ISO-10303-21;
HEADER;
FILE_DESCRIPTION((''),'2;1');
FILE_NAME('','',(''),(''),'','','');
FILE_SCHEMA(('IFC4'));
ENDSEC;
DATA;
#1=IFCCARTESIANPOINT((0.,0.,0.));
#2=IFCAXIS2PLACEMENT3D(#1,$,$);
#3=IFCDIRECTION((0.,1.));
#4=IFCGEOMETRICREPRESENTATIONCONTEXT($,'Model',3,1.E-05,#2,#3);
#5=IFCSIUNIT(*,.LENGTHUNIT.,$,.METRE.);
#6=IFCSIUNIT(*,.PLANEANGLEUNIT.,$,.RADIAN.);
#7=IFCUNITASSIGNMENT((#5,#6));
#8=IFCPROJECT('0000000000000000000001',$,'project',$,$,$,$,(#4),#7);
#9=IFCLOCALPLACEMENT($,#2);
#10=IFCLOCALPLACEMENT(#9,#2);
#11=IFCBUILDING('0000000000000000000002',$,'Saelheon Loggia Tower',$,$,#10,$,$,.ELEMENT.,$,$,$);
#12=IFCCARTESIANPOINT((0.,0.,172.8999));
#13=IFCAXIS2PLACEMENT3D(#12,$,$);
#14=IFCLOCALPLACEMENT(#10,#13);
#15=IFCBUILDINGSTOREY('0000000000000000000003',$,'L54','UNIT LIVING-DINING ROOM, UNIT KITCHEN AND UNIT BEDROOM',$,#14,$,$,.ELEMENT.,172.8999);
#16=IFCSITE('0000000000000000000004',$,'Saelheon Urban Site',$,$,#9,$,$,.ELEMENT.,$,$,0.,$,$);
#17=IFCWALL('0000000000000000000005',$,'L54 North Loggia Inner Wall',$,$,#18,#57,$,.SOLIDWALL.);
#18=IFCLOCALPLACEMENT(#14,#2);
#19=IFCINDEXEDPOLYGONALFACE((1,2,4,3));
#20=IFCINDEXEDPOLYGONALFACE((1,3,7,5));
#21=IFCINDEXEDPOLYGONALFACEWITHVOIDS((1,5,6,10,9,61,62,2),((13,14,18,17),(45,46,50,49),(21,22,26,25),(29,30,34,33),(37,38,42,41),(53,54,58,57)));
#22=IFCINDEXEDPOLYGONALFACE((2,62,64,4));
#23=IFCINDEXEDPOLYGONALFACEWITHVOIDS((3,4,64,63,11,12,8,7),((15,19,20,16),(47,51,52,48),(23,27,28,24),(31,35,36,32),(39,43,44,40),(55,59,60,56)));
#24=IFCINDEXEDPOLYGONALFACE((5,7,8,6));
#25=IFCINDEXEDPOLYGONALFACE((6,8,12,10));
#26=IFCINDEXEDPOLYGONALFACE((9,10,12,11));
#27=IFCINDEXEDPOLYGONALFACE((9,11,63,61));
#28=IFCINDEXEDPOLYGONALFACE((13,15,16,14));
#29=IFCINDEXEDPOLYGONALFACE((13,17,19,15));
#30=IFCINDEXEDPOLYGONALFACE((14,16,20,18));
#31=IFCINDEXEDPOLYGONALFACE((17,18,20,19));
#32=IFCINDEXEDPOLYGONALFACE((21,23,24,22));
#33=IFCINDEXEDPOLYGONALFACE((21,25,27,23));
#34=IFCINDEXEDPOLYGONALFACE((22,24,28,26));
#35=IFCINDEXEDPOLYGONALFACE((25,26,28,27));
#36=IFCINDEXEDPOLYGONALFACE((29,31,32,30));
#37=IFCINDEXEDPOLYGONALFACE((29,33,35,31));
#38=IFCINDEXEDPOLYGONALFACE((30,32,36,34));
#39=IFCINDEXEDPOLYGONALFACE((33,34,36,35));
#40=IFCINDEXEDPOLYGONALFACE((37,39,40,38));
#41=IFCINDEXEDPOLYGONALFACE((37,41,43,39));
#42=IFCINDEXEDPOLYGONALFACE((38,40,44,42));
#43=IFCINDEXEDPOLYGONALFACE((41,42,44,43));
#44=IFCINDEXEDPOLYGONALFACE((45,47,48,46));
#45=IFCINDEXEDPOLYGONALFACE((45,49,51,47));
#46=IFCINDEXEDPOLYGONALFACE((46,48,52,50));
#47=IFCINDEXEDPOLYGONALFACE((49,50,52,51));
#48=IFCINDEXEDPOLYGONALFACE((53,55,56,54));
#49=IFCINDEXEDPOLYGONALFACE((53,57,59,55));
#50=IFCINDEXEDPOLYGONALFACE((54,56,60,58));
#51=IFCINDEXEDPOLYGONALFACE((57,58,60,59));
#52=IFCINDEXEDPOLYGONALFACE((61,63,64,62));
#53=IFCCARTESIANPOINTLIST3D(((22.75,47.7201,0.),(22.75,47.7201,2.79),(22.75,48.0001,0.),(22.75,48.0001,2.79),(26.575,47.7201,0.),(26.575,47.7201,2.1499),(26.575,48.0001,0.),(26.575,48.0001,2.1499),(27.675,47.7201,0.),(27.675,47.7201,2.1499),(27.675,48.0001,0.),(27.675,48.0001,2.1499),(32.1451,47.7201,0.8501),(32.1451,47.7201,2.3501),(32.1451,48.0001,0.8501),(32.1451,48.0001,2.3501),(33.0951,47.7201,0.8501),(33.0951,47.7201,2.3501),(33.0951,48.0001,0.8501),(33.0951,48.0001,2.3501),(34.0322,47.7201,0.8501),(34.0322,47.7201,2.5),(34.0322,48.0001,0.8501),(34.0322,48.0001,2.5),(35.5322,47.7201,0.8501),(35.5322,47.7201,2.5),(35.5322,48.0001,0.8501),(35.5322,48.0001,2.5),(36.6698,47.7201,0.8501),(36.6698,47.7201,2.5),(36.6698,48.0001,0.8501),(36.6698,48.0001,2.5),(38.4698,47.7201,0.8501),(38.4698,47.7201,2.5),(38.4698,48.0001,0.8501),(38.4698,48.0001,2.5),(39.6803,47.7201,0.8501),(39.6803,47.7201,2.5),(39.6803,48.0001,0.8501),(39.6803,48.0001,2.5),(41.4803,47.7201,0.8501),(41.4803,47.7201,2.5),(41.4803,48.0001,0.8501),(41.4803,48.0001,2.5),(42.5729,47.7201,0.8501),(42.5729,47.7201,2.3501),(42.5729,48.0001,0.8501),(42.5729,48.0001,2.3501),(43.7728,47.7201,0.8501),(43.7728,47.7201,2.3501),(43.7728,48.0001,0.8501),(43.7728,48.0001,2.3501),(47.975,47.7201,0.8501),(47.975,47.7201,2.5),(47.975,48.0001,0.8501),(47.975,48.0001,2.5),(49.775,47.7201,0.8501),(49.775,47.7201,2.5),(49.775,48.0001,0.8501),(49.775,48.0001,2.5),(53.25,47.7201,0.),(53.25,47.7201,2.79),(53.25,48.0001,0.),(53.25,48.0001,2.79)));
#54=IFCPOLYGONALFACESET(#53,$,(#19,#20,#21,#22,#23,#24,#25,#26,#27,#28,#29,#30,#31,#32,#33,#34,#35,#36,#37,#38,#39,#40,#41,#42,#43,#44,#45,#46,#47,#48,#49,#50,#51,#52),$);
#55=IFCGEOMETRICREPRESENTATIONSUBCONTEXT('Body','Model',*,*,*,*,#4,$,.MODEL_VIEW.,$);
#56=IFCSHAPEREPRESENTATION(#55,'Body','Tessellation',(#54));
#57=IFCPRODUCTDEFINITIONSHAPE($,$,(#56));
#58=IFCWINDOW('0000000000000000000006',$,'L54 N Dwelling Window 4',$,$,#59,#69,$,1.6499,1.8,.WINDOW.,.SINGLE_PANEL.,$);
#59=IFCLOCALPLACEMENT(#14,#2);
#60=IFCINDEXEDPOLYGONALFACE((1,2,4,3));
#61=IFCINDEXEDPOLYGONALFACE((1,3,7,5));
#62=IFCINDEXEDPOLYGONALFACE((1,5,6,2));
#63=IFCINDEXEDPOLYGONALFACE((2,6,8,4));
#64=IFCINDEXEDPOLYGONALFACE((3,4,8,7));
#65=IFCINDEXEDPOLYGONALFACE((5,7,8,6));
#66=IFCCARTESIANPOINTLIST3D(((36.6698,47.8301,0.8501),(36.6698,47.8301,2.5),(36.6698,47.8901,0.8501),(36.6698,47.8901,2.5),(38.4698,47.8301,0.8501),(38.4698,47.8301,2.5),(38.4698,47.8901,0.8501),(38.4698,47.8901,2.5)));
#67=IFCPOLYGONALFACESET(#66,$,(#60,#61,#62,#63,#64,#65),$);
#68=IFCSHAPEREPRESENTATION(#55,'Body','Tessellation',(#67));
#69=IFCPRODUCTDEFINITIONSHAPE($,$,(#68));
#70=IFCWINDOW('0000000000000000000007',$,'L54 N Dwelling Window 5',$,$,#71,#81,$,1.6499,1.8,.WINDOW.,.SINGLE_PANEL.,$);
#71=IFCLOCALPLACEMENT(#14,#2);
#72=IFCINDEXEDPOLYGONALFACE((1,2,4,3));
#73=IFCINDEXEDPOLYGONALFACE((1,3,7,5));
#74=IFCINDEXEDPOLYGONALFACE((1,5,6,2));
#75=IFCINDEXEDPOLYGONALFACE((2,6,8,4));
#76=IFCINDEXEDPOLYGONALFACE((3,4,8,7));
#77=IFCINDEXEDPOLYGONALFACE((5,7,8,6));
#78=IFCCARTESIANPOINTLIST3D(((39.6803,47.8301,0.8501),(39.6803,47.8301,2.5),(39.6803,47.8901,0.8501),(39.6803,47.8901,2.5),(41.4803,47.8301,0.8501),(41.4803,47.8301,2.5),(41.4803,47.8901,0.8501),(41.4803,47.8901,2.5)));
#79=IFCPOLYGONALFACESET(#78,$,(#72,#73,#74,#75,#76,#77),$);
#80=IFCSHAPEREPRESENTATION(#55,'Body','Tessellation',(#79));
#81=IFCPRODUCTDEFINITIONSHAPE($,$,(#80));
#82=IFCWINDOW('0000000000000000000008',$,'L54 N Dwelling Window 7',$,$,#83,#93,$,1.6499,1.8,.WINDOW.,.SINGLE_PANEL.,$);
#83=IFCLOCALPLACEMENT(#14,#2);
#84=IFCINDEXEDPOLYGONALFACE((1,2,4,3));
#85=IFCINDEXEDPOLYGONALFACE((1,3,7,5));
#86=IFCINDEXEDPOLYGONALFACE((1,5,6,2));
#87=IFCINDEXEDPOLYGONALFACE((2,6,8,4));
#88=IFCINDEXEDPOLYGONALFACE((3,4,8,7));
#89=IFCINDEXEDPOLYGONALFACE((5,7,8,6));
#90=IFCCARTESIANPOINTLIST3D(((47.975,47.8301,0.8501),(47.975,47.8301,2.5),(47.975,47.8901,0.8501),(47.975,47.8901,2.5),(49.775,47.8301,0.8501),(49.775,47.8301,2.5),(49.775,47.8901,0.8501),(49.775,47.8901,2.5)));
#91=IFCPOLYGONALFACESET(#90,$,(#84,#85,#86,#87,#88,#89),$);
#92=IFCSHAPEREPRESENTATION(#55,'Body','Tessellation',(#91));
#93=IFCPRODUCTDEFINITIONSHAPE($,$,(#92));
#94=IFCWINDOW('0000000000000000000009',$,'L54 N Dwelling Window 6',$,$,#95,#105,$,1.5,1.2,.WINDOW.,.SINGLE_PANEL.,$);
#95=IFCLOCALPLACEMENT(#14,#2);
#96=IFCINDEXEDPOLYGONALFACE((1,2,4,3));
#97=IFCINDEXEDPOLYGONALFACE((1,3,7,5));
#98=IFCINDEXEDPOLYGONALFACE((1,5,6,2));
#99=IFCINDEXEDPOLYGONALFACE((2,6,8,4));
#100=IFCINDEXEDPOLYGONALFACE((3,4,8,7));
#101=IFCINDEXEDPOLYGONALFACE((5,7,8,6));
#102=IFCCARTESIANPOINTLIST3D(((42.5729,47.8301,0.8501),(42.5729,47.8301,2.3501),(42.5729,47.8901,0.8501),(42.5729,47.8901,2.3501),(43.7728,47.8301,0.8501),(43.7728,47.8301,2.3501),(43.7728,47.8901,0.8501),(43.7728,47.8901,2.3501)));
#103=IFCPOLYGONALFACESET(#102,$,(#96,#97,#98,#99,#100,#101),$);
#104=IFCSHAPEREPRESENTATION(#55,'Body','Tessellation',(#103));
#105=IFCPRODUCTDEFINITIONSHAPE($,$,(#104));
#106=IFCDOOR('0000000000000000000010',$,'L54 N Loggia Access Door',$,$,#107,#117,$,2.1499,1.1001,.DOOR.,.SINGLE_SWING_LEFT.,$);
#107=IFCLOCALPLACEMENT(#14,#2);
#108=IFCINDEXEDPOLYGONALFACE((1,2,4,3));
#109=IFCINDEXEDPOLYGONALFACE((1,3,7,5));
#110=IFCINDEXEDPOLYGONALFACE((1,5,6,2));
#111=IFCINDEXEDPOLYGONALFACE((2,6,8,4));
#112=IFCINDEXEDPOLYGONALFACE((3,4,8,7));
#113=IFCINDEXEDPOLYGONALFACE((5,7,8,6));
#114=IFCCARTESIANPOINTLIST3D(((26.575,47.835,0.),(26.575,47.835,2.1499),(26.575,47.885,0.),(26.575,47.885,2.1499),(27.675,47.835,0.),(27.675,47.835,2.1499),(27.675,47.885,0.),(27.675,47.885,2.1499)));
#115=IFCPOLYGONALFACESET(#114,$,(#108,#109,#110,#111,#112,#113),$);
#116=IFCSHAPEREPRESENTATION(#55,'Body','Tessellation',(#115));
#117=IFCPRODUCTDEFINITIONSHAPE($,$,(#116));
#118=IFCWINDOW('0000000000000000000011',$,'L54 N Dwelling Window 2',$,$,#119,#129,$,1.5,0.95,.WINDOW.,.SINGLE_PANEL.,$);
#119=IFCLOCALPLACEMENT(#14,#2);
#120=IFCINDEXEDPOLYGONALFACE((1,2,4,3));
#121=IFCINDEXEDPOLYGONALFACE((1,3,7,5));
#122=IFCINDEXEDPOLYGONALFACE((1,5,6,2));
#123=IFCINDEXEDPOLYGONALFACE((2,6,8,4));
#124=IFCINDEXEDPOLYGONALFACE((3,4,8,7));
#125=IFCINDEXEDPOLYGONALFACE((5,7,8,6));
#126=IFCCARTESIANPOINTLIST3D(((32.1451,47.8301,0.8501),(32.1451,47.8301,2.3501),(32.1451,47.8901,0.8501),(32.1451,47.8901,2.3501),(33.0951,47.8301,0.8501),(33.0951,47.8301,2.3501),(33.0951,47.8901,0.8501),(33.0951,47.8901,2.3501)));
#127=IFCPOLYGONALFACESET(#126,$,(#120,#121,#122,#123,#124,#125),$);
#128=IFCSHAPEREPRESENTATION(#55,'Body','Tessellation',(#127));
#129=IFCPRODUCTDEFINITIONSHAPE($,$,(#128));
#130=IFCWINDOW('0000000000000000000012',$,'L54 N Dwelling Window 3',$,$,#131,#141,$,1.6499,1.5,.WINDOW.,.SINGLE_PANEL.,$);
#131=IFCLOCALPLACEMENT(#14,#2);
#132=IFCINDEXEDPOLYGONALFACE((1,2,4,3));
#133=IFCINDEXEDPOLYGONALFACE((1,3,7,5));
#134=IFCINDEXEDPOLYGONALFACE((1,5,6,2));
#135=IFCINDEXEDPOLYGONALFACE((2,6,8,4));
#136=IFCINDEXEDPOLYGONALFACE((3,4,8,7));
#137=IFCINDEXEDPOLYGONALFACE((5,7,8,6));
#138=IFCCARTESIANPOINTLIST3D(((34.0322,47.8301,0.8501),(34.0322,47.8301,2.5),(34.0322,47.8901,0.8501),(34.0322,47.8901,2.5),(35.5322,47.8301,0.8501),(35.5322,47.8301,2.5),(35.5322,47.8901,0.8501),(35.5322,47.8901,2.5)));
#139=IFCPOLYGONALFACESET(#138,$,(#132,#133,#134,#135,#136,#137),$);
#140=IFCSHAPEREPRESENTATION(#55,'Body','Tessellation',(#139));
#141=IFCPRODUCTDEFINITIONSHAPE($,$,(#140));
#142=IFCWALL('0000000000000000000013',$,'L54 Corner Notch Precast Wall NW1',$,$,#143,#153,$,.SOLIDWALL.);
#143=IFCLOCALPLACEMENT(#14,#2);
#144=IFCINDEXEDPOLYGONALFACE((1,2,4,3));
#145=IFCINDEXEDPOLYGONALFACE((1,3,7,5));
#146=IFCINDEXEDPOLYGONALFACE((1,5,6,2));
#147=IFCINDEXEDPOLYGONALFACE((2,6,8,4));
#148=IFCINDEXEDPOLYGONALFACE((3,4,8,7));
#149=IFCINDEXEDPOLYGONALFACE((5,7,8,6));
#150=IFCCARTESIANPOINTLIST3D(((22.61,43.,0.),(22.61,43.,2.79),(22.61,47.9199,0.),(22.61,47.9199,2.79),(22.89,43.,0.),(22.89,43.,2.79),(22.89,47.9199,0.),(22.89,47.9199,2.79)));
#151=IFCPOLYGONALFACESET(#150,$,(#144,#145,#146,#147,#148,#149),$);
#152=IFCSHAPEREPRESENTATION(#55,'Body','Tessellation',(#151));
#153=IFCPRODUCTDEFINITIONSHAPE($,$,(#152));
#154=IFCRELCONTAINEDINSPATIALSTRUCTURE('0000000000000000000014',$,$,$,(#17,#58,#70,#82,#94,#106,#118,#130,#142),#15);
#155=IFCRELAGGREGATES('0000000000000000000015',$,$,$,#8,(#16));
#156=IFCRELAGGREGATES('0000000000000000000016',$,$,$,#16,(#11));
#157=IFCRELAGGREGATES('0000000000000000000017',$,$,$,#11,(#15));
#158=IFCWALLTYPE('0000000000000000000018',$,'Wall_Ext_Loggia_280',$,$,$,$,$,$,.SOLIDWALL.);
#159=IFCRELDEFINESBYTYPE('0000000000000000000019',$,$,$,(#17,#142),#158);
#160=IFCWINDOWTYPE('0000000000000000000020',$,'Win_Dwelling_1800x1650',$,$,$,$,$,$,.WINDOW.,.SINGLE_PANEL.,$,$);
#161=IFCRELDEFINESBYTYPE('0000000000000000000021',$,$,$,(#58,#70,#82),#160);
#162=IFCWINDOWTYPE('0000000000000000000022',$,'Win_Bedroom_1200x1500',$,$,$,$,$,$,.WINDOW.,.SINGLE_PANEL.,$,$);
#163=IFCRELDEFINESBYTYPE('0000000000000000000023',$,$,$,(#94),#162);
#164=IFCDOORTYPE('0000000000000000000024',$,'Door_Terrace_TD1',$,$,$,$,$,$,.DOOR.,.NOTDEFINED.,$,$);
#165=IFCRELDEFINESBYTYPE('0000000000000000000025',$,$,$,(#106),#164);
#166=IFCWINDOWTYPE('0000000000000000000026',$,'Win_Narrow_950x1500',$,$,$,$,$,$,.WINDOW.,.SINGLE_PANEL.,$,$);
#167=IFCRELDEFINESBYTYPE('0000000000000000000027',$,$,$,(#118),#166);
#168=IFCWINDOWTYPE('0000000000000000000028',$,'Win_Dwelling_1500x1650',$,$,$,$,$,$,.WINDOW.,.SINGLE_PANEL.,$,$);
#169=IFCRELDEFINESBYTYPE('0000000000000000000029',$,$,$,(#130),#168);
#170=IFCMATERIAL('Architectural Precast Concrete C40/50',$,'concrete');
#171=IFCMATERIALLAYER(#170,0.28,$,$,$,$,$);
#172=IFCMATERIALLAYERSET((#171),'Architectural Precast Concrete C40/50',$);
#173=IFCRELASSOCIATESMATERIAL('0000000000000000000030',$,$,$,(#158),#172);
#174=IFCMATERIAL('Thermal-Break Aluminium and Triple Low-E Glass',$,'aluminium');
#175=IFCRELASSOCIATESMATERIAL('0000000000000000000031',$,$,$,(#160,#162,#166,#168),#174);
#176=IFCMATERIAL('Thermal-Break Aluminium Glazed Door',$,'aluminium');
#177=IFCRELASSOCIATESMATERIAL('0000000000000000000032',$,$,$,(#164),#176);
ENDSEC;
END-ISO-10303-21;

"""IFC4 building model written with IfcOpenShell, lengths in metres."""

from ifc_helpers import new_model, si_unit, direction, frame, frame_2d, origin, place, context, subcontext, project, spatial, rectangle, extrude, source, transform, mapped, material, layer, layer_set, type_object, element, fill, save


model = new_model("IFC4")

# Units and contexts
model_context = context("Model", 3, precision=1e-05, world=origin(), true_north=direction((0.0, 1.0)))
body_context = subcontext(model_context, "Body", "Model", "MODEL_VIEW")
ifc_project = project(units=[si_unit("LENGTHUNIT", "METRE"), si_unit("PLANEANGLEUNIT", "RADIAN")], contexts=[model_context])

# Site, building, storey
site_placement = place(None, origin())
site = spatial("IfcSite", under=ifc_project, at=site_placement, Name="Saelheon Urban Site", CompositionType="ELEMENT", RefElevation=0.0)
building_placement = place(site_placement, origin())
building = spatial("IfcBuilding", under=site, at=building_placement, Name="Saelheon Loggia Tower", CompositionType="ELEMENT")
storey_placement = place(building_placement, frame((0.0, 0.0, 172.8999)))
storey = spatial("IfcBuildingStorey", under=building, at=storey_placement, Name="L54", Description="UNIT LIVING-DINING ROOM, UNIT KITCHEN AND UNIT BEDROOM", CompositionType="ELEMENT", Elevation=172.8999)

# Wall, openings, windows, door
ifc_material_1 = material(Name="Architectural Precast Concrete C40/50", Category="concrete")
ifc_layer_1 = layer(ifc_material_1, 0.28)
ifc_layer_set_1 = layer_set([ifc_layer_1], Name="Architectural Precast Concrete C40/50")
wall_type_1 = type_object("IfcWallType", Name="Wall_Ext_Loggia_280", PredefinedType="SOLIDWALL", material=ifc_layer_set_1)
wall_1_placement = place(storey_placement, frame((22.75, 47.8601, 0.0), z_axis=(0.0, 0.0, 1.0), x_axis=(1.0, 0.0, 0.0)))
wall_1 = element("IfcWall", 1, at=wall_1_placement, inside=storey, type_object=wall_type_1, Name="L54 North Loggia Inner Wall", PredefinedType="SOLIDWALL", context=body_context, shape_type="SweptSolid", body=[
    extrude(rectangle(XDim=30.5, YDim=0.28, at=frame_2d((15.25, 0.0))), origin(), (0.0, 0.0, 1.0), 2.79),
])
opening_1_placement = place(wall_1_placement, frame((3.825, 0.0, 0.0)))
opening_1 = element("IfcOpeningElement", 2, at=opening_1_placement, cuts=wall_1, PredefinedType="OPENING", context=body_context, shape_type="SweptSolid", body=[
    extrude(rectangle(XDim=1.1001, YDim=2.1499, at=frame_2d((0.55, 1.075))), frame((0.0, 0.1521, 0.0), z_axis=(0.0, -1.0, 0.0), x_axis=(1.0, 0.0, 0.0)), (0.0, 0.0, 1.0), 0.304),
])
opening_2_placement = place(wall_1_placement, frame((9.395, 0.0, 0.8501)))
opening_2 = element("IfcOpeningElement", 3, at=opening_2_placement, cuts=wall_1, PredefinedType="OPENING", context=body_context, shape_type="SweptSolid", body=[
    extrude(rectangle(XDim=0.95, YDim=1.5, at=frame_2d((0.4751, 0.75))), frame((0.0, 0.1521, 0.0), z_axis=(0.0, -1.0, 0.0), x_axis=(1.0, 0.0, 0.0)), (0.0, 0.0, 1.0), 0.304),
])
opening_3_placement = place(wall_1_placement, frame((11.2822, 0.0, 0.8501)))
opening_3 = element("IfcOpeningElement", 4, at=opening_3_placement, cuts=wall_1, PredefinedType="OPENING", context=body_context, shape_type="SweptSolid", body=[
    extrude(rectangle(XDim=1.5, YDim=1.6499, at=frame_2d((0.75, 0.825))), frame((0.0, 0.1521, 0.0), z_axis=(0.0, -1.0, 0.0), x_axis=(1.0, 0.0, 0.0)), (0.0, 0.0, 1.0), 0.304),
])
opening_4_placement = place(wall_1_placement, frame((13.9199, 0.0, 0.8501)))
opening_4 = element("IfcOpeningElement", 5, at=opening_4_placement, cuts=wall_1, PredefinedType="OPENING", context=body_context, shape_type="SweptSolid", body=[
    extrude(rectangle(XDim=1.8, YDim=1.6499, at=frame_2d((0.8999, 0.825))), frame((0.0, 0.1521, 0.0), z_axis=(0.0, -1.0, 0.0), x_axis=(1.0, 0.0, 0.0)), (0.0, 0.0, 1.0), 0.304),
])
opening_5_placement = place(wall_1_placement, frame((16.9304, 0.0, 0.8501)))
opening_5 = element("IfcOpeningElement", 6, at=opening_5_placement, cuts=wall_1, PredefinedType="OPENING", context=body_context, shape_type="SweptSolid", body=[
    extrude(rectangle(XDim=1.8, YDim=1.6499, at=frame_2d((0.8999, 0.825))), frame((0.0, 0.1521, 0.0), z_axis=(0.0, -1.0, 0.0), x_axis=(1.0, 0.0, 0.0)), (0.0, 0.0, 1.0), 0.304),
])
opening_6_placement = place(wall_1_placement, frame((19.8228, 0.0, 0.8501)))
opening_6 = element("IfcOpeningElement", 7, at=opening_6_placement, cuts=wall_1, PredefinedType="OPENING", context=body_context, shape_type="SweptSolid", body=[
    extrude(rectangle(XDim=1.2, YDim=1.5, at=frame_2d((0.6001, 0.75))), frame((0.0, 0.1521, 0.0), z_axis=(0.0, -1.0, 0.0), x_axis=(1.0, 0.0, 0.0)), (0.0, 0.0, 1.0), 0.304),
])
opening_7_placement = place(wall_1_placement, frame((25.2251, 0.0, 0.8501)))
opening_7 = element("IfcOpeningElement", 8, at=opening_7_placement, cuts=wall_1, PredefinedType="OPENING", context=body_context, shape_type="SweptSolid", body=[
    extrude(rectangle(XDim=1.8, YDim=1.6499, at=frame_2d((0.8999, 0.825))), frame((0.0, 0.1521, 0.0), z_axis=(0.0, -1.0, 0.0), x_axis=(1.0, 0.0, 0.0)), (0.0, 0.0, 1.0), 0.304),
])
ifc_material_2 = material(Name="Thermal-Break Aluminium and Triple Low-E Glass", Category="aluminium")
window_type_1 = type_object("IfcWindowType", Name="Win_Dwelling_1800x1650", PartitioningType="SINGLE_PANEL", PredefinedType="WINDOW", material=ifc_material_2)
shared_shape_1 = source(origin(), body_context, "Body", "SweptSolid", [
    extrude(rectangle(XDim=1.8, YDim=1.6499, at=frame_2d((0.8999, 0.825))), frame((0.0, 0.03, 0.0), z_axis=(0.0, -1.0, 0.0), x_axis=(1.0, 0.0, 0.0)), (0.0, 0.0, 1.0), 0.0601),
])
window_1_placement = place(opening_4_placement, origin())
window_1 = element("IfcWindow", 9, at=window_1_placement, inside=storey, type_object=window_type_1, Name="L54 N Dwelling Window 4", OverallHeight=1.6499, OverallWidth=1.8, PartitioningType="SINGLE_PANEL", PredefinedType="WINDOW", context=body_context, shape_type="MappedRepresentation", body=[
    mapped(shared_shape_1, transform((0.0, 0.0, 0.0), scale=1.0)),
])
fill(opening_4, window_1)
window_2_placement = place(opening_5_placement, origin())
window_2 = element("IfcWindow", 10, at=window_2_placement, inside=storey, type_object=window_type_1, Name="L54 N Dwelling Window 5", OverallHeight=1.6499, OverallWidth=1.8, PartitioningType="SINGLE_PANEL", PredefinedType="WINDOW", context=body_context, shape_type="MappedRepresentation", body=[
    mapped(shared_shape_1, transform((0.0, 0.0, 0.0), scale=1.0)),
])
fill(opening_5, window_2)
window_3_placement = place(opening_7_placement, origin())
window_3 = element("IfcWindow", 11, at=window_3_placement, inside=storey, type_object=window_type_1, Name="L54 N Dwelling Window 7", OverallHeight=1.6499, OverallWidth=1.8, PartitioningType="SINGLE_PANEL", PredefinedType="WINDOW", context=body_context, shape_type="MappedRepresentation", body=[
    mapped(shared_shape_1, transform((0.0, 0.0, 0.0), scale=1.0)),
])
fill(opening_7, window_3)
window_type_2 = type_object("IfcWindowType", Name="Win_Bedroom_1200x1500", PartitioningType="SINGLE_PANEL", PredefinedType="WINDOW", material=ifc_material_2)
shared_shape_2 = source(origin(), body_context, "Body", "SweptSolid", [
    extrude(rectangle(XDim=1.2, YDim=1.5, at=frame_2d((0.6001, 0.75))), frame((0.0, 0.03, 0.0), z_axis=(0.0, -1.0, 0.0), x_axis=(1.0, 0.0, 0.0)), (0.0, 0.0, 1.0), 0.0601),
])
window_4_placement = place(opening_6_placement, origin())
window_4 = element("IfcWindow", 12, at=window_4_placement, inside=storey, type_object=window_type_2, Name="L54 N Dwelling Window 6", OverallHeight=1.5, OverallWidth=1.2, PartitioningType="SINGLE_PANEL", PredefinedType="WINDOW", context=body_context, shape_type="MappedRepresentation", body=[
    mapped(shared_shape_2, transform((0.0, 0.0, 0.0), scale=1.0)),
])
fill(opening_6, window_4)
ifc_material_3 = material(Name="Thermal-Break Aluminium Glazed Door", Category="aluminium")
door_type_1 = type_object("IfcDoorType", Name="Door_Terrace_TD1", OperationType="NOTDEFINED", PredefinedType="DOOR", material=ifc_material_3)
shared_shape_3 = source(origin(), body_context, "Body", "SweptSolid", [
    extrude(rectangle(XDim=1.1001, YDim=2.1499, at=frame_2d((0.55, 1.075))), frame((0.0, 0.0249, 0.0), z_axis=(0.0, -1.0, 0.0), x_axis=(1.0, 0.0, 0.0)), (0.0, 0.0, 1.0), 0.05),
])
door_1_placement = place(opening_1_placement, origin())
door_1 = element("IfcDoor", 13, at=door_1_placement, inside=storey, type_object=door_type_1, Name="L54 N Loggia Access Door", OperationType="SINGLE_SWING_LEFT", OverallHeight=2.1499, OverallWidth=1.1001, PredefinedType="DOOR", context=body_context, shape_type="MappedRepresentation", body=[
    mapped(shared_shape_3, transform((0.0, 0.0, 0.0), scale=1.0)),
])
fill(opening_1, door_1)
window_type_3 = type_object("IfcWindowType", Name="Win_Narrow_950x1500", PartitioningType="SINGLE_PANEL", PredefinedType="WINDOW", material=ifc_material_2)
shared_shape_4 = source(origin(), body_context, "Body", "SweptSolid", [
    extrude(rectangle(XDim=0.95, YDim=1.5, at=frame_2d((0.4751, 0.75))), frame((0.0, 0.03, 0.0), z_axis=(0.0, -1.0, 0.0), x_axis=(1.0, 0.0, 0.0)), (0.0, 0.0, 1.0), 0.0601),
])
window_5_placement = place(opening_2_placement, origin())
window_5 = element("IfcWindow", 14, at=window_5_placement, inside=storey, type_object=window_type_3, Name="L54 N Dwelling Window 2", OverallHeight=1.5, OverallWidth=0.95, PartitioningType="SINGLE_PANEL", PredefinedType="WINDOW", context=body_context, shape_type="MappedRepresentation", body=[
    mapped(shared_shape_4, transform((0.0, 0.0, 0.0), scale=1.0)),
])
fill(opening_2, window_5)
window_type_4 = type_object("IfcWindowType", Name="Win_Dwelling_1500x1650", PartitioningType="SINGLE_PANEL", PredefinedType="WINDOW", material=ifc_material_2)
shared_shape_5 = source(origin(), body_context, "Body", "SweptSolid", [
    extrude(rectangle(XDim=1.5, YDim=1.6499, at=frame_2d((0.75, 0.825))), frame((0.0, 0.03, 0.0), z_axis=(0.0, -1.0, 0.0), x_axis=(1.0, 0.0, 0.0)), (0.0, 0.0, 1.0), 0.0601),
])
window_6_placement = place(opening_3_placement, origin())
window_6 = element("IfcWindow", 15, at=window_6_placement, inside=storey, type_object=window_type_4, Name="L54 N Dwelling Window 3", OverallHeight=1.6499, OverallWidth=1.5, PartitioningType="SINGLE_PANEL", PredefinedType="WINDOW", context=body_context, shape_type="MappedRepresentation", body=[
    mapped(shared_shape_5, transform((0.0, 0.0, 0.0), scale=1.0)),
])
fill(opening_3, window_6)

# Wall
for number, where, z_axis, x_axis, name in (
    (16, (22.75, 43.0, 0.0), (0.0, 0.0, 1.0), (0.0, 1.0, 0.0), "L54 Corner Notch Precast Wall NW1"),
):
    element("IfcWall", number, at=place(storey_placement, frame(where, z_axis=z_axis, x_axis=x_axis)), inside=storey, type_object=wall_type_1, Name=name, PredefinedType="SOLIDWALL", context=body_context, shape_type="SweptSolid", body=[
        extrude(rectangle(XDim=4.9199, YDim=0.28, at=frame_2d((2.46, 0.0))), origin(), (0.0, 0.0, 1.0), 2.79),
    ])

save(model, "model.ifc")
